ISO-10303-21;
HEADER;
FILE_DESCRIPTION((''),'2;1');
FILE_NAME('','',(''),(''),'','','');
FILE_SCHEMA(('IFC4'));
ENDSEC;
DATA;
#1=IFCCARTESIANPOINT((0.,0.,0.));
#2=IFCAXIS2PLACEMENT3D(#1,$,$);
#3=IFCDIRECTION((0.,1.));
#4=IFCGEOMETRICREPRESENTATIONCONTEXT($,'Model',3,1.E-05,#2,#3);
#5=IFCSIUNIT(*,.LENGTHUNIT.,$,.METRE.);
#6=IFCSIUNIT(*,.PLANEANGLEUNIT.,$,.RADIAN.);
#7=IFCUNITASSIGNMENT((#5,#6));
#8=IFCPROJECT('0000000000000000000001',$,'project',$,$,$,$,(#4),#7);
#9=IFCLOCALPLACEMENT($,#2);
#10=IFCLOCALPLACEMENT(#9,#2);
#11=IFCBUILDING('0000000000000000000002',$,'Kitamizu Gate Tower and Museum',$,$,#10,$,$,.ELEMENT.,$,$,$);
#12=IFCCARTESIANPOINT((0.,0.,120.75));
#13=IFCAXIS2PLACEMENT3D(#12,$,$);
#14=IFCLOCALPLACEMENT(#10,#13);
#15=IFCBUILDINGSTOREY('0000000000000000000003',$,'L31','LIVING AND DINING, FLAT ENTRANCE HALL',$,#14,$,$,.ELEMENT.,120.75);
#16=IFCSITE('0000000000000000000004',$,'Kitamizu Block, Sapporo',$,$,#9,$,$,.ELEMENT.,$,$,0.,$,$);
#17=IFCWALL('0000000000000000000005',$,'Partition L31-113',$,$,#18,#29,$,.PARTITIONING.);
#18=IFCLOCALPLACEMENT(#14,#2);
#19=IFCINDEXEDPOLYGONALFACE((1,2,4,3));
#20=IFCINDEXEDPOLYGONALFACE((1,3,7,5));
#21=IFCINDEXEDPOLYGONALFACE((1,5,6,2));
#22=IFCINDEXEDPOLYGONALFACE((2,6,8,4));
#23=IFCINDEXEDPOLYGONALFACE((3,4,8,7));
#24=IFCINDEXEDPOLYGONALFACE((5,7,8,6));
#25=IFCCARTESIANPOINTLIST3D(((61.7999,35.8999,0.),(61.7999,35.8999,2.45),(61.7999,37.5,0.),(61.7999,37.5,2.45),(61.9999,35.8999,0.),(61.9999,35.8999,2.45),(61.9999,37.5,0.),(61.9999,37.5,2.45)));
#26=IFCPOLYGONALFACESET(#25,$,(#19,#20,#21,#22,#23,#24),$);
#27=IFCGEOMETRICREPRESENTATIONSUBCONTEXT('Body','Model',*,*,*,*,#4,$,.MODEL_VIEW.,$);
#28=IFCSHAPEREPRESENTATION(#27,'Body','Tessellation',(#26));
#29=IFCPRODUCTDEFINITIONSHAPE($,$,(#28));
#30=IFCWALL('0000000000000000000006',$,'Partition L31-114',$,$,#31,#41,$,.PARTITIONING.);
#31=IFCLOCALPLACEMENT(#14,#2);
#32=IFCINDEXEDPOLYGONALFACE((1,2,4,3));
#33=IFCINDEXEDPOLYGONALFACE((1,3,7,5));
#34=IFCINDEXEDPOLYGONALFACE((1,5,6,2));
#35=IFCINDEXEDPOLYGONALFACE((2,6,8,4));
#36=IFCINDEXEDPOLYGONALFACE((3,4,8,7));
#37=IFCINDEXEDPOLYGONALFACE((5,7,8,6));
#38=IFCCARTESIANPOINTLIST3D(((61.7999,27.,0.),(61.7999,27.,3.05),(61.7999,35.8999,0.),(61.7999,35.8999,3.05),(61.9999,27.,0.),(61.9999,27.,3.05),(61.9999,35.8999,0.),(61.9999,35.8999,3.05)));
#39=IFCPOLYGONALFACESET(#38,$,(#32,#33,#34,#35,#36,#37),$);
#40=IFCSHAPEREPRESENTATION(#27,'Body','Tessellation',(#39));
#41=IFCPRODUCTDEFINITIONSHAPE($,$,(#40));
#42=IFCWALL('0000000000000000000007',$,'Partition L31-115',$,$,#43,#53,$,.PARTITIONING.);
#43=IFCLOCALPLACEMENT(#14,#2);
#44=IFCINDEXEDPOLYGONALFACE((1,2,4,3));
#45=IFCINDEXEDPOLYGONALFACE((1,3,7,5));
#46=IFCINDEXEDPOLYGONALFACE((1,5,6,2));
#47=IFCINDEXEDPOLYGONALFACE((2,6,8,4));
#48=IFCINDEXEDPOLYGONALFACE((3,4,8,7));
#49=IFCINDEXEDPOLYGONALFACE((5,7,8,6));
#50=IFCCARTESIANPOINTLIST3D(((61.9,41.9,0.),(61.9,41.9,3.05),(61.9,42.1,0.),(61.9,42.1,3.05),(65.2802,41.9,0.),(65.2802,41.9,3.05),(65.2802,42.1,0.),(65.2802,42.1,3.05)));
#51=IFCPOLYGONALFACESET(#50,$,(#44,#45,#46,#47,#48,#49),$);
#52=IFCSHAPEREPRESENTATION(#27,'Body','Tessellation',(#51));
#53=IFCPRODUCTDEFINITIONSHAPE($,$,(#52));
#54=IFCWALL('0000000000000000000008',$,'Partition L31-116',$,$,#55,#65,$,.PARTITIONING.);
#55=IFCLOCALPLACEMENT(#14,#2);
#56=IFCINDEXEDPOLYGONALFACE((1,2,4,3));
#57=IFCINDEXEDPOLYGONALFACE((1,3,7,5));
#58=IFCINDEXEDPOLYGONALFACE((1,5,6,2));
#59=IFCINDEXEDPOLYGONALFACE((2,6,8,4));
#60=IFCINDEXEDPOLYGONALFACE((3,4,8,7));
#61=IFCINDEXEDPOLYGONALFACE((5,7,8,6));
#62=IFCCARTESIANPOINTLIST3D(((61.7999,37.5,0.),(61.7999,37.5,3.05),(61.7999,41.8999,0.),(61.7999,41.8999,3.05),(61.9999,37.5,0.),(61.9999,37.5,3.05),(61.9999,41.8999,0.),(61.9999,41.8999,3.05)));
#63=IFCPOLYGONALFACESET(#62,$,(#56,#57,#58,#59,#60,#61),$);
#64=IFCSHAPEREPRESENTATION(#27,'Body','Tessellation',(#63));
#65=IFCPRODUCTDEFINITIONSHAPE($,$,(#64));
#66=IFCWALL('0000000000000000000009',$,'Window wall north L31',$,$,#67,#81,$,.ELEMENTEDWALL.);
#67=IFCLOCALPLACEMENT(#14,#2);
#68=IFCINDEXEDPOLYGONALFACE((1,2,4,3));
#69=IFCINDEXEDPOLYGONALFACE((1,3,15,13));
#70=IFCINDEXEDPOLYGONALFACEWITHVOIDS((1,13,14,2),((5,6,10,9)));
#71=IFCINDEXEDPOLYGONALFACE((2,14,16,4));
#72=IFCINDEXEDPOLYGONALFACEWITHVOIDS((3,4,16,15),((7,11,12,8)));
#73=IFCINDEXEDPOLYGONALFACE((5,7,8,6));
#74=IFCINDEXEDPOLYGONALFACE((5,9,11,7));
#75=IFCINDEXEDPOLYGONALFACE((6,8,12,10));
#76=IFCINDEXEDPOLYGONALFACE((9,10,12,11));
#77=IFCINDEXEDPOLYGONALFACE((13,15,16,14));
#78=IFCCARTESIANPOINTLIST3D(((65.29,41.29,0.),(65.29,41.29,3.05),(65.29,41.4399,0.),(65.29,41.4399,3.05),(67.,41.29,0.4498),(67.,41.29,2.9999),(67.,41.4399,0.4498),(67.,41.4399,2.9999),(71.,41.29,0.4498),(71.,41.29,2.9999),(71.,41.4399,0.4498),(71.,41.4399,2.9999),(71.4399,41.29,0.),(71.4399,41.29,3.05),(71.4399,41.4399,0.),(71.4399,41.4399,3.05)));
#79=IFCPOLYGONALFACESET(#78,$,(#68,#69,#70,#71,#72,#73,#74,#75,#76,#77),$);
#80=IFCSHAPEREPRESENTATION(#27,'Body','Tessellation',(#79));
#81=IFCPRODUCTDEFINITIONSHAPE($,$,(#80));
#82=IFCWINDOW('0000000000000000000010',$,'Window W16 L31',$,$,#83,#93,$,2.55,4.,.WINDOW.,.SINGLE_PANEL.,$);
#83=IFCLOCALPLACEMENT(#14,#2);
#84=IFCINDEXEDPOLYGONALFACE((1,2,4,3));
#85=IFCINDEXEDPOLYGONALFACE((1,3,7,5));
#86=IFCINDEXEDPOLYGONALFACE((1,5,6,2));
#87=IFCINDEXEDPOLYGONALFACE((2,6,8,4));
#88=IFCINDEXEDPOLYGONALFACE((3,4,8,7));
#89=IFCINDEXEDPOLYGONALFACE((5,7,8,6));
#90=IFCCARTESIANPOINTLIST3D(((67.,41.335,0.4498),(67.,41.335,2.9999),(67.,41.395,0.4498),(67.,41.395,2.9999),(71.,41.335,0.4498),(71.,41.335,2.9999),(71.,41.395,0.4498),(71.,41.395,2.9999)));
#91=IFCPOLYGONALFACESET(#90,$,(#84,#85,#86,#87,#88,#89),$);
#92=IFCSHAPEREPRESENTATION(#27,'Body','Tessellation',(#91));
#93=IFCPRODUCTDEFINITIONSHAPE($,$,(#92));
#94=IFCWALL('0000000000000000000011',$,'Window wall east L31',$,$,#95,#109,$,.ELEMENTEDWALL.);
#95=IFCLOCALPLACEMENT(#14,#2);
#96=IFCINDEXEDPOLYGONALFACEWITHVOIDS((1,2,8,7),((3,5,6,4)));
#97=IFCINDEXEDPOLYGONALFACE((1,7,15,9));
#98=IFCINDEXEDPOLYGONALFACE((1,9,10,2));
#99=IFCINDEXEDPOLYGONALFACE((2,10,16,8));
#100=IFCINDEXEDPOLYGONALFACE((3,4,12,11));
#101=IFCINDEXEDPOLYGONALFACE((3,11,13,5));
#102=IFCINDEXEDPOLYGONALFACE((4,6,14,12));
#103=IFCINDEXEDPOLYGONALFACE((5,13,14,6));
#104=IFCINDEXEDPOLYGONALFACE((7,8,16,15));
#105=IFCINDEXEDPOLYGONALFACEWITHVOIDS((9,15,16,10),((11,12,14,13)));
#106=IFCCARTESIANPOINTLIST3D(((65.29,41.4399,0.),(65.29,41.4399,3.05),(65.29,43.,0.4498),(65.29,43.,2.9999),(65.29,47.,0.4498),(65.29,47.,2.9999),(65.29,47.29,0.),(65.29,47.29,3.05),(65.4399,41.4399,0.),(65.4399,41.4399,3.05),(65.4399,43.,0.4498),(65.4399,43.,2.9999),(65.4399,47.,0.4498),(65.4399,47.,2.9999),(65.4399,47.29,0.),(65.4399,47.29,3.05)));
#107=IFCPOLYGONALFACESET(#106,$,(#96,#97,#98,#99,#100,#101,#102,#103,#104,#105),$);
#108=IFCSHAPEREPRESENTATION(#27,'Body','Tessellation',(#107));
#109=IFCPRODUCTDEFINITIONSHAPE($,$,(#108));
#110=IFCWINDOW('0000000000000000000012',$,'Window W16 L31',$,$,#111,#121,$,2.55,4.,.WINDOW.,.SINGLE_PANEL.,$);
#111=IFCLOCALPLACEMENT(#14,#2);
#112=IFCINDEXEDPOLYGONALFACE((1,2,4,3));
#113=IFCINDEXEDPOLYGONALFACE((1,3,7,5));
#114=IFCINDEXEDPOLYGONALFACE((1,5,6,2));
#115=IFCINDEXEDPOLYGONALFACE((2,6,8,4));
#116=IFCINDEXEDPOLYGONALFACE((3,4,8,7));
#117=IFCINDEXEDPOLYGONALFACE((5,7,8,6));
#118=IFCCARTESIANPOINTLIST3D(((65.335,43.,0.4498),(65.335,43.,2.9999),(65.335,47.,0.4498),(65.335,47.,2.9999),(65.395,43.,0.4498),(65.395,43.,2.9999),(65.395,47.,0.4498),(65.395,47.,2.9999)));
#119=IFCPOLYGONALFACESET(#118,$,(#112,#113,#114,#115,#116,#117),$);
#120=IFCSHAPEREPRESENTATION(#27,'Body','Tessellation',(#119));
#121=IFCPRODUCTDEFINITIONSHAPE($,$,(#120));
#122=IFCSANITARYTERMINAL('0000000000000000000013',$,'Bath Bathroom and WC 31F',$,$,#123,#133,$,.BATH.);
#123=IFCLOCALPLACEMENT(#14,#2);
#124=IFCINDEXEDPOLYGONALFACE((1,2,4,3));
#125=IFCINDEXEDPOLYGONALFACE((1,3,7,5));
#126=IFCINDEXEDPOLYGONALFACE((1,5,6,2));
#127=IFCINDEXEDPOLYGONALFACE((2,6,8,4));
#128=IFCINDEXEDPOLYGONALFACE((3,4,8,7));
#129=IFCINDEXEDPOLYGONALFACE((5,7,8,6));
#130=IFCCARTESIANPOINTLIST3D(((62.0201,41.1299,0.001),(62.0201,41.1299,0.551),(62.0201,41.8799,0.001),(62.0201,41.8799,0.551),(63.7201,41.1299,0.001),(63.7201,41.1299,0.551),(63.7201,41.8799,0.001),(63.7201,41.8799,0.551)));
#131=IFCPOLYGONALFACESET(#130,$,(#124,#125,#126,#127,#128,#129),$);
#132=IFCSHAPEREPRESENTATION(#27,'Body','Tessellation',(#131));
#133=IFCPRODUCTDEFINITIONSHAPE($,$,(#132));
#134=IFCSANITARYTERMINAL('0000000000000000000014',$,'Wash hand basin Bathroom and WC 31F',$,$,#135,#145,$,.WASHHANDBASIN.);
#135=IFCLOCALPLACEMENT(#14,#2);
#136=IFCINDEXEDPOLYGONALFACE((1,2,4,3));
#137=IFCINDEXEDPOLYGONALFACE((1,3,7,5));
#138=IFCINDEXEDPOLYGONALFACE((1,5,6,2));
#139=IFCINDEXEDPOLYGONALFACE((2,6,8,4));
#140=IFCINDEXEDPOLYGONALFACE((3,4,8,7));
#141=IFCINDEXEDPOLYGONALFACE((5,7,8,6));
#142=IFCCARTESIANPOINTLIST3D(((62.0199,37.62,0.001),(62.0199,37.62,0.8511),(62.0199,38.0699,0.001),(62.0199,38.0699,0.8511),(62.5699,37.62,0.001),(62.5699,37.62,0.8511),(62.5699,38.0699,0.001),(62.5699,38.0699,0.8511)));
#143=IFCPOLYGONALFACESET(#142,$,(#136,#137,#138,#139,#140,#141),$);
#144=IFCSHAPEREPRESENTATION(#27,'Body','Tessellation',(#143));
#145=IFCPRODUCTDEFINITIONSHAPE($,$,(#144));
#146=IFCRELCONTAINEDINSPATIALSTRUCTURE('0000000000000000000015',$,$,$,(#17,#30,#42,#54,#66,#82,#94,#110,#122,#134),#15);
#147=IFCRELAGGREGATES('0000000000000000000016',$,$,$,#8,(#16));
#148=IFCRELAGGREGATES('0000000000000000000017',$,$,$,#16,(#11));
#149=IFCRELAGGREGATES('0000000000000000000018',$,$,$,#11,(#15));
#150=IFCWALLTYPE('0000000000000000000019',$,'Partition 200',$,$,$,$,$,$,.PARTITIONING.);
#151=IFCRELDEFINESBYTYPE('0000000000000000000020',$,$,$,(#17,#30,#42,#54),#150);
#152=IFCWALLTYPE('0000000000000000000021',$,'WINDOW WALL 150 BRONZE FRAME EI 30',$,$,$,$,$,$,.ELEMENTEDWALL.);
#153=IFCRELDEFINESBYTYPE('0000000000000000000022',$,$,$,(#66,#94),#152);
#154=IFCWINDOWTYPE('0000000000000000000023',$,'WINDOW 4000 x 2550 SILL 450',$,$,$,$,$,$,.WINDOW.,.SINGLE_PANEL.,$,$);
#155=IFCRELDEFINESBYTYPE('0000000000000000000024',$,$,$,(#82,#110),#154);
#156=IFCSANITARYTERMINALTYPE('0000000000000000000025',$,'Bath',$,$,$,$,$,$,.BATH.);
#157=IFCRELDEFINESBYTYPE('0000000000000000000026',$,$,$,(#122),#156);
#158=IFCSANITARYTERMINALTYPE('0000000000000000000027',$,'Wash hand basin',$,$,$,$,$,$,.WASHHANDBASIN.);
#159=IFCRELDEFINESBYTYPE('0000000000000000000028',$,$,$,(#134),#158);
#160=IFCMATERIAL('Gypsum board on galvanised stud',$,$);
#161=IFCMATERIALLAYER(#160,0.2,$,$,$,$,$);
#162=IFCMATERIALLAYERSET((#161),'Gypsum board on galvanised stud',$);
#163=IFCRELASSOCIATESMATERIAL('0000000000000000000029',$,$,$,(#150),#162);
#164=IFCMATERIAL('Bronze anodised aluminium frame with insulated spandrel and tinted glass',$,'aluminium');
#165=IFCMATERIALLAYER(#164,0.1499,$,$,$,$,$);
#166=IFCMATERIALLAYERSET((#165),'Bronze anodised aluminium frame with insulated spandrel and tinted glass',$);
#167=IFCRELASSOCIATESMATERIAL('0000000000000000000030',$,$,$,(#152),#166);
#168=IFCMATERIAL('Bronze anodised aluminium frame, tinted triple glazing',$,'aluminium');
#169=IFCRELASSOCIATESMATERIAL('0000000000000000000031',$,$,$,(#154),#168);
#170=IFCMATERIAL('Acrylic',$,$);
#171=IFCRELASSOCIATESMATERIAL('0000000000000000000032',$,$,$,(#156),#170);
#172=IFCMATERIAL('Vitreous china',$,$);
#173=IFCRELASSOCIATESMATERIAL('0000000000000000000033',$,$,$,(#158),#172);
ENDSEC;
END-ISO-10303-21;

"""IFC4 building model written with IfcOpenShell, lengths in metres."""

from ifc_helpers import new_model, si_unit, direction, frame, frame_2d, origin, origin_2d, place, context, subcontext, project, spatial, rectangle, extrude, material, layer, layer_set, type_object, element, fill, save


model = new_model("IFC4")

# Units and contexts
model_context = context("Model", 3, precision=1e-05, world=origin(), true_north=direction((0.0, 1.0)))
body_context = subcontext(model_context, "Body", "Model", "MODEL_VIEW")
ifc_project = project(units=[si_unit("LENGTHUNIT", "METRE"), si_unit("PLANEANGLEUNIT", "RADIAN")], contexts=[model_context])

# Site, building, storey
site_placement = place(None, origin())
site = spatial("IfcSite", under=ifc_project, at=site_placement, Name="Kitamizu Block, Sapporo", CompositionType="ELEMENT", RefElevation=0.0)
building_placement = place(site_placement, origin())
building = spatial("IfcBuilding", under=site, at=building_placement, Name="Kitamizu Gate Tower and Museum", CompositionType="ELEMENT")
storey_placement = place(building_placement, frame((0.0, 0.0, 120.75)))
storey = spatial("IfcBuildingStorey", under=building, at=storey_placement, Name="L31", Description="LIVING AND DINING, FLAT ENTRANCE HALL", CompositionType="ELEMENT", Elevation=120.75)

# Walls
ifc_material_1 = material(Name="Gypsum board on galvanised stud")
ifc_layer_1 = layer(ifc_material_1, 0.2)
ifc_layer_set_1 = layer_set([ifc_layer_1], Name="Gypsum board on galvanised stud")
wall_type_1 = type_object("IfcWallType", Name="Partition 200", PredefinedType="PARTITIONING", material=ifc_layer_set_1)
wall_1_placement = place(storey_placement, frame((61.8999, 37.5, 0.0), z_axis=(0.0, 0.0, 1.0), x_axis=(0.0, -1.0, 0.0)))
element("IfcWall", 1, at=wall_1_placement, inside=storey, type_object=wall_type_1, Name="Partition L31-113", PredefinedType="PARTITIONING", context=body_context, shape_type="SweptSolid", body=[
    extrude(rectangle(XDim=1.6001, YDim=0.2, at=frame_2d((0.8, 0.0))), origin(), (0.0, 0.0, 1.0), 2.45),
])
wall_2_placement = place(storey_placement, frame((61.8999, 35.8999, 0.0), z_axis=(0.0, 0.0, 1.0), x_axis=(0.0, -1.0, 0.0)))
element("IfcWall", 2, at=wall_2_placement, inside=storey, type_object=wall_type_1, Name="Partition L31-114", PredefinedType="PARTITIONING", context=body_context, shape_type="SweptSolid", body=[
    extrude(rectangle(XDim=8.8999, YDim=0.2, at=frame_2d((4.45, 0.0))), origin(), (0.0, 0.0, 1.0), 3.05),
])
wall_3_placement = place(storey_placement, frame((65.28, 42.0, 0.0), z_axis=(0.0, 0.0, 1.0), x_axis=(-1.0, 0.0, 0.0)))
element("IfcWall", 3, at=wall_3_placement, inside=storey, type_object=wall_type_1, Name="Partition L31-115", PredefinedType="PARTITIONING", context=body_context, shape_type="SweptSolid", body=[
    extrude(rectangle(XDim=3.3801, YDim=0.2, at=frame_2d((1.6899, 0.0))), origin(), (0.0, 0.0, 1.0), 3.05),
])
wall_4_placement = place(storey_placement, frame((61.8999, 41.8999, 0.0), z_axis=(0.0, 0.0, 1.0), x_axis=(0.0, -1.0, 0.0)))
element("IfcWall", 4, at=wall_4_placement, inside=storey, type_object=wall_type_1, Name="Partition L31-116", PredefinedType="PARTITIONING", context=body_context, shape_type="SweptSolid", body=[
    extrude(rectangle(XDim=4.3999, YDim=0.2, at=frame_2d((2.2, 0.0))), origin(), (0.0, 0.0, 1.0), 3.05),
])

# Walls, openings, windows
ifc_material_2 = material(Name="Bronze anodised aluminium frame with insulated spandrel and tinted glass", Category="aluminium")
ifc_layer_2 = layer(ifc_material_2, 0.1499)
ifc_layer_set_2 = layer_set([ifc_layer_2], Name="Bronze anodised aluminium frame with insulated spandrel and tinted glass")
wall_type_2 = type_object("IfcWallType", Name="WINDOW WALL 150 BRONZE FRAME EI 30", PredefinedType="ELEMENTEDWALL", material=ifc_layer_set_2)
wall_5_placement = place(storey_placement, frame((65.29, 41.365, 0.0), z_axis=(0.0, 0.0, 1.0), x_axis=(1.0, 0.0, 0.0)))
wall_5 = element("IfcWall", 5, at=wall_5_placement, inside=storey, type_object=wall_type_2, Name="Window wall north L31", PredefinedType="ELEMENTEDWALL", context=body_context, shape_type="SweptSolid", body=[
    extrude(rectangle(XDim=6.1499, YDim=0.1499, at=frame_2d((3.075, 0.0))), origin(), (0.0, 0.0, 1.0), 3.05),
])
opening_1_placement = place(wall_5_placement, frame((1.71, 0.0, 0.45)))
opening_1 = element("IfcOpeningElement", 6, at=opening_1_placement, cuts=wall_5, PredefinedType="OPENING", context=body_context, shape_type="SweptSolid", body=[
    extrude(rectangle(XDim=4.0, YDim=2.55, at=frame_2d((2.0, 1.2749))), frame((0.0, 0.085, 0.0), z_axis=(0.0, -1.0, 0.0), x_axis=(1.0, 0.0, 0.0)), (0.0, 0.0, 1.0), 0.1699),
])
ifc_material_3 = material(Name="Bronze anodised aluminium frame, tinted triple glazing", Category="aluminium")
window_type = type_object("IfcWindowType", Name="WINDOW 4000 x 2550 SILL 450", PartitioningType="SINGLE_PANEL", PredefinedType="WINDOW", material=ifc_material_3)
window_1_placement = place(opening_1_placement, origin())
window_1 = element("IfcWindow", 7, at=window_1_placement, inside=storey, type_object=window_type, Name="Window W16 L31", OverallHeight=2.55, OverallWidth=4.0, PartitioningType="SINGLE_PANEL", PredefinedType="WINDOW", context=body_context, shape_type="SweptSolid", body=[
    extrude(rectangle(XDim=4.0, YDim=2.55, at=frame_2d((2.0, 1.2749))), frame((0.0, 0.03, 0.0), z_axis=(0.0, -1.0, 0.0), x_axis=(1.0, 0.0, 0.0)), (0.0, 0.0, 1.0), 0.0601),
])
fill(opening_1, window_1)
wall_6_placement = place(storey_placement, frame((65.365, 41.4399, 0.0), z_axis=(0.0, 0.0, 1.0), x_axis=(0.0, 1.0, 0.0)))
wall_6 = element("IfcWall", 8, at=wall_6_placement, inside=storey, type_object=wall_type_2, Name="Window wall east L31", PredefinedType="ELEMENTEDWALL", context=body_context, shape_type="SweptSolid", body=[
    extrude(rectangle(XDim=5.8501, YDim=0.1499, at=frame_2d((2.925, 0.0))), origin(), (0.0, 0.0, 1.0), 3.05),
])
opening_2_placement = place(wall_6_placement, frame((1.5601, 0.0, 0.45)))
opening_2 = element("IfcOpeningElement", 9, at=opening_2_placement, cuts=wall_6, PredefinedType="OPENING", context=body_context, shape_type="SweptSolid", body=[
    extrude(rectangle(XDim=4.0, YDim=2.55, at=frame_2d((2.0, 1.2749))), frame((0.0, 0.085, 0.0), z_axis=(0.0, -1.0, 0.0), x_axis=(1.0, 0.0, 0.0)), (0.0, 0.0, 1.0), 0.1699),
])
window_2_placement = place(opening_2_placement, origin())
window_2 = element("IfcWindow", 10, at=window_2_placement, inside=storey, type_object=window_type, Name="Window W16 L31", OverallHeight=2.55, OverallWidth=4.0, PartitioningType="SINGLE_PANEL", PredefinedType="WINDOW", context=body_context, shape_type="SweptSolid", body=[
    extrude(rectangle(XDim=4.0, YDim=2.55, at=frame_2d((2.0, 1.2749))), frame((0.0, 0.03, 0.0), z_axis=(0.0, -1.0, 0.0), x_axis=(1.0, 0.0, 0.0)), (0.0, 0.0, 1.0), 0.0601),
])
fill(opening_2, window_2)

# Sanitary terminals
ifc_material_4 = material(Name="Acrylic")
sanitary_terminal_type_1 = type_object("IfcSanitaryTerminalType", Name="Bath", PredefinedType="BATH", material=ifc_material_4)
sanitary_terminal_1_placement = place(storey_placement, frame((62.8701, 41.5049, 0.001), z_axis=(0.0, 0.0, 1.0), x_axis=(1.0, 0.0, 0.0)))
element("IfcSanitaryTerminal", 11, at=sanitary_terminal_1_placement, inside=storey, type_object=sanitary_terminal_type_1, Name="Bath Bathroom and WC 31F", PredefinedType="BATH", context=body_context, shape_type="SweptSolid", body=[
    extrude(rectangle(XDim=1.7, YDim=0.75, at=origin_2d()), origin(), (0.0, 0.0, 1.0), 0.55),
])
ifc_material_5 = material(Name="Vitreous china")
sanitary_terminal_type_2 = type_object("IfcSanitaryTerminalType", Name="Wash hand basin", PredefinedType="WASHHANDBASIN", material=ifc_material_5)
sanitary_terminal_2_placement = place(storey_placement, frame((62.2949, 37.845, 0.001), z_axis=(0.0, 0.0, 1.0), x_axis=(1.0, 0.0, 0.0)))
element("IfcSanitaryTerminal", 12, at=sanitary_terminal_2_placement, inside=storey, type_object=sanitary_terminal_type_2, Name="Wash hand basin Bathroom and WC 31F", PredefinedType="WASHHANDBASIN", context=body_context, shape_type="SweptSolid", body=[
    extrude(rectangle(XDim=0.55, YDim=0.45, at=origin_2d()), origin(), (0.0, 0.0, 1.0), 0.8501),
])

save(model, "model.ifc")
